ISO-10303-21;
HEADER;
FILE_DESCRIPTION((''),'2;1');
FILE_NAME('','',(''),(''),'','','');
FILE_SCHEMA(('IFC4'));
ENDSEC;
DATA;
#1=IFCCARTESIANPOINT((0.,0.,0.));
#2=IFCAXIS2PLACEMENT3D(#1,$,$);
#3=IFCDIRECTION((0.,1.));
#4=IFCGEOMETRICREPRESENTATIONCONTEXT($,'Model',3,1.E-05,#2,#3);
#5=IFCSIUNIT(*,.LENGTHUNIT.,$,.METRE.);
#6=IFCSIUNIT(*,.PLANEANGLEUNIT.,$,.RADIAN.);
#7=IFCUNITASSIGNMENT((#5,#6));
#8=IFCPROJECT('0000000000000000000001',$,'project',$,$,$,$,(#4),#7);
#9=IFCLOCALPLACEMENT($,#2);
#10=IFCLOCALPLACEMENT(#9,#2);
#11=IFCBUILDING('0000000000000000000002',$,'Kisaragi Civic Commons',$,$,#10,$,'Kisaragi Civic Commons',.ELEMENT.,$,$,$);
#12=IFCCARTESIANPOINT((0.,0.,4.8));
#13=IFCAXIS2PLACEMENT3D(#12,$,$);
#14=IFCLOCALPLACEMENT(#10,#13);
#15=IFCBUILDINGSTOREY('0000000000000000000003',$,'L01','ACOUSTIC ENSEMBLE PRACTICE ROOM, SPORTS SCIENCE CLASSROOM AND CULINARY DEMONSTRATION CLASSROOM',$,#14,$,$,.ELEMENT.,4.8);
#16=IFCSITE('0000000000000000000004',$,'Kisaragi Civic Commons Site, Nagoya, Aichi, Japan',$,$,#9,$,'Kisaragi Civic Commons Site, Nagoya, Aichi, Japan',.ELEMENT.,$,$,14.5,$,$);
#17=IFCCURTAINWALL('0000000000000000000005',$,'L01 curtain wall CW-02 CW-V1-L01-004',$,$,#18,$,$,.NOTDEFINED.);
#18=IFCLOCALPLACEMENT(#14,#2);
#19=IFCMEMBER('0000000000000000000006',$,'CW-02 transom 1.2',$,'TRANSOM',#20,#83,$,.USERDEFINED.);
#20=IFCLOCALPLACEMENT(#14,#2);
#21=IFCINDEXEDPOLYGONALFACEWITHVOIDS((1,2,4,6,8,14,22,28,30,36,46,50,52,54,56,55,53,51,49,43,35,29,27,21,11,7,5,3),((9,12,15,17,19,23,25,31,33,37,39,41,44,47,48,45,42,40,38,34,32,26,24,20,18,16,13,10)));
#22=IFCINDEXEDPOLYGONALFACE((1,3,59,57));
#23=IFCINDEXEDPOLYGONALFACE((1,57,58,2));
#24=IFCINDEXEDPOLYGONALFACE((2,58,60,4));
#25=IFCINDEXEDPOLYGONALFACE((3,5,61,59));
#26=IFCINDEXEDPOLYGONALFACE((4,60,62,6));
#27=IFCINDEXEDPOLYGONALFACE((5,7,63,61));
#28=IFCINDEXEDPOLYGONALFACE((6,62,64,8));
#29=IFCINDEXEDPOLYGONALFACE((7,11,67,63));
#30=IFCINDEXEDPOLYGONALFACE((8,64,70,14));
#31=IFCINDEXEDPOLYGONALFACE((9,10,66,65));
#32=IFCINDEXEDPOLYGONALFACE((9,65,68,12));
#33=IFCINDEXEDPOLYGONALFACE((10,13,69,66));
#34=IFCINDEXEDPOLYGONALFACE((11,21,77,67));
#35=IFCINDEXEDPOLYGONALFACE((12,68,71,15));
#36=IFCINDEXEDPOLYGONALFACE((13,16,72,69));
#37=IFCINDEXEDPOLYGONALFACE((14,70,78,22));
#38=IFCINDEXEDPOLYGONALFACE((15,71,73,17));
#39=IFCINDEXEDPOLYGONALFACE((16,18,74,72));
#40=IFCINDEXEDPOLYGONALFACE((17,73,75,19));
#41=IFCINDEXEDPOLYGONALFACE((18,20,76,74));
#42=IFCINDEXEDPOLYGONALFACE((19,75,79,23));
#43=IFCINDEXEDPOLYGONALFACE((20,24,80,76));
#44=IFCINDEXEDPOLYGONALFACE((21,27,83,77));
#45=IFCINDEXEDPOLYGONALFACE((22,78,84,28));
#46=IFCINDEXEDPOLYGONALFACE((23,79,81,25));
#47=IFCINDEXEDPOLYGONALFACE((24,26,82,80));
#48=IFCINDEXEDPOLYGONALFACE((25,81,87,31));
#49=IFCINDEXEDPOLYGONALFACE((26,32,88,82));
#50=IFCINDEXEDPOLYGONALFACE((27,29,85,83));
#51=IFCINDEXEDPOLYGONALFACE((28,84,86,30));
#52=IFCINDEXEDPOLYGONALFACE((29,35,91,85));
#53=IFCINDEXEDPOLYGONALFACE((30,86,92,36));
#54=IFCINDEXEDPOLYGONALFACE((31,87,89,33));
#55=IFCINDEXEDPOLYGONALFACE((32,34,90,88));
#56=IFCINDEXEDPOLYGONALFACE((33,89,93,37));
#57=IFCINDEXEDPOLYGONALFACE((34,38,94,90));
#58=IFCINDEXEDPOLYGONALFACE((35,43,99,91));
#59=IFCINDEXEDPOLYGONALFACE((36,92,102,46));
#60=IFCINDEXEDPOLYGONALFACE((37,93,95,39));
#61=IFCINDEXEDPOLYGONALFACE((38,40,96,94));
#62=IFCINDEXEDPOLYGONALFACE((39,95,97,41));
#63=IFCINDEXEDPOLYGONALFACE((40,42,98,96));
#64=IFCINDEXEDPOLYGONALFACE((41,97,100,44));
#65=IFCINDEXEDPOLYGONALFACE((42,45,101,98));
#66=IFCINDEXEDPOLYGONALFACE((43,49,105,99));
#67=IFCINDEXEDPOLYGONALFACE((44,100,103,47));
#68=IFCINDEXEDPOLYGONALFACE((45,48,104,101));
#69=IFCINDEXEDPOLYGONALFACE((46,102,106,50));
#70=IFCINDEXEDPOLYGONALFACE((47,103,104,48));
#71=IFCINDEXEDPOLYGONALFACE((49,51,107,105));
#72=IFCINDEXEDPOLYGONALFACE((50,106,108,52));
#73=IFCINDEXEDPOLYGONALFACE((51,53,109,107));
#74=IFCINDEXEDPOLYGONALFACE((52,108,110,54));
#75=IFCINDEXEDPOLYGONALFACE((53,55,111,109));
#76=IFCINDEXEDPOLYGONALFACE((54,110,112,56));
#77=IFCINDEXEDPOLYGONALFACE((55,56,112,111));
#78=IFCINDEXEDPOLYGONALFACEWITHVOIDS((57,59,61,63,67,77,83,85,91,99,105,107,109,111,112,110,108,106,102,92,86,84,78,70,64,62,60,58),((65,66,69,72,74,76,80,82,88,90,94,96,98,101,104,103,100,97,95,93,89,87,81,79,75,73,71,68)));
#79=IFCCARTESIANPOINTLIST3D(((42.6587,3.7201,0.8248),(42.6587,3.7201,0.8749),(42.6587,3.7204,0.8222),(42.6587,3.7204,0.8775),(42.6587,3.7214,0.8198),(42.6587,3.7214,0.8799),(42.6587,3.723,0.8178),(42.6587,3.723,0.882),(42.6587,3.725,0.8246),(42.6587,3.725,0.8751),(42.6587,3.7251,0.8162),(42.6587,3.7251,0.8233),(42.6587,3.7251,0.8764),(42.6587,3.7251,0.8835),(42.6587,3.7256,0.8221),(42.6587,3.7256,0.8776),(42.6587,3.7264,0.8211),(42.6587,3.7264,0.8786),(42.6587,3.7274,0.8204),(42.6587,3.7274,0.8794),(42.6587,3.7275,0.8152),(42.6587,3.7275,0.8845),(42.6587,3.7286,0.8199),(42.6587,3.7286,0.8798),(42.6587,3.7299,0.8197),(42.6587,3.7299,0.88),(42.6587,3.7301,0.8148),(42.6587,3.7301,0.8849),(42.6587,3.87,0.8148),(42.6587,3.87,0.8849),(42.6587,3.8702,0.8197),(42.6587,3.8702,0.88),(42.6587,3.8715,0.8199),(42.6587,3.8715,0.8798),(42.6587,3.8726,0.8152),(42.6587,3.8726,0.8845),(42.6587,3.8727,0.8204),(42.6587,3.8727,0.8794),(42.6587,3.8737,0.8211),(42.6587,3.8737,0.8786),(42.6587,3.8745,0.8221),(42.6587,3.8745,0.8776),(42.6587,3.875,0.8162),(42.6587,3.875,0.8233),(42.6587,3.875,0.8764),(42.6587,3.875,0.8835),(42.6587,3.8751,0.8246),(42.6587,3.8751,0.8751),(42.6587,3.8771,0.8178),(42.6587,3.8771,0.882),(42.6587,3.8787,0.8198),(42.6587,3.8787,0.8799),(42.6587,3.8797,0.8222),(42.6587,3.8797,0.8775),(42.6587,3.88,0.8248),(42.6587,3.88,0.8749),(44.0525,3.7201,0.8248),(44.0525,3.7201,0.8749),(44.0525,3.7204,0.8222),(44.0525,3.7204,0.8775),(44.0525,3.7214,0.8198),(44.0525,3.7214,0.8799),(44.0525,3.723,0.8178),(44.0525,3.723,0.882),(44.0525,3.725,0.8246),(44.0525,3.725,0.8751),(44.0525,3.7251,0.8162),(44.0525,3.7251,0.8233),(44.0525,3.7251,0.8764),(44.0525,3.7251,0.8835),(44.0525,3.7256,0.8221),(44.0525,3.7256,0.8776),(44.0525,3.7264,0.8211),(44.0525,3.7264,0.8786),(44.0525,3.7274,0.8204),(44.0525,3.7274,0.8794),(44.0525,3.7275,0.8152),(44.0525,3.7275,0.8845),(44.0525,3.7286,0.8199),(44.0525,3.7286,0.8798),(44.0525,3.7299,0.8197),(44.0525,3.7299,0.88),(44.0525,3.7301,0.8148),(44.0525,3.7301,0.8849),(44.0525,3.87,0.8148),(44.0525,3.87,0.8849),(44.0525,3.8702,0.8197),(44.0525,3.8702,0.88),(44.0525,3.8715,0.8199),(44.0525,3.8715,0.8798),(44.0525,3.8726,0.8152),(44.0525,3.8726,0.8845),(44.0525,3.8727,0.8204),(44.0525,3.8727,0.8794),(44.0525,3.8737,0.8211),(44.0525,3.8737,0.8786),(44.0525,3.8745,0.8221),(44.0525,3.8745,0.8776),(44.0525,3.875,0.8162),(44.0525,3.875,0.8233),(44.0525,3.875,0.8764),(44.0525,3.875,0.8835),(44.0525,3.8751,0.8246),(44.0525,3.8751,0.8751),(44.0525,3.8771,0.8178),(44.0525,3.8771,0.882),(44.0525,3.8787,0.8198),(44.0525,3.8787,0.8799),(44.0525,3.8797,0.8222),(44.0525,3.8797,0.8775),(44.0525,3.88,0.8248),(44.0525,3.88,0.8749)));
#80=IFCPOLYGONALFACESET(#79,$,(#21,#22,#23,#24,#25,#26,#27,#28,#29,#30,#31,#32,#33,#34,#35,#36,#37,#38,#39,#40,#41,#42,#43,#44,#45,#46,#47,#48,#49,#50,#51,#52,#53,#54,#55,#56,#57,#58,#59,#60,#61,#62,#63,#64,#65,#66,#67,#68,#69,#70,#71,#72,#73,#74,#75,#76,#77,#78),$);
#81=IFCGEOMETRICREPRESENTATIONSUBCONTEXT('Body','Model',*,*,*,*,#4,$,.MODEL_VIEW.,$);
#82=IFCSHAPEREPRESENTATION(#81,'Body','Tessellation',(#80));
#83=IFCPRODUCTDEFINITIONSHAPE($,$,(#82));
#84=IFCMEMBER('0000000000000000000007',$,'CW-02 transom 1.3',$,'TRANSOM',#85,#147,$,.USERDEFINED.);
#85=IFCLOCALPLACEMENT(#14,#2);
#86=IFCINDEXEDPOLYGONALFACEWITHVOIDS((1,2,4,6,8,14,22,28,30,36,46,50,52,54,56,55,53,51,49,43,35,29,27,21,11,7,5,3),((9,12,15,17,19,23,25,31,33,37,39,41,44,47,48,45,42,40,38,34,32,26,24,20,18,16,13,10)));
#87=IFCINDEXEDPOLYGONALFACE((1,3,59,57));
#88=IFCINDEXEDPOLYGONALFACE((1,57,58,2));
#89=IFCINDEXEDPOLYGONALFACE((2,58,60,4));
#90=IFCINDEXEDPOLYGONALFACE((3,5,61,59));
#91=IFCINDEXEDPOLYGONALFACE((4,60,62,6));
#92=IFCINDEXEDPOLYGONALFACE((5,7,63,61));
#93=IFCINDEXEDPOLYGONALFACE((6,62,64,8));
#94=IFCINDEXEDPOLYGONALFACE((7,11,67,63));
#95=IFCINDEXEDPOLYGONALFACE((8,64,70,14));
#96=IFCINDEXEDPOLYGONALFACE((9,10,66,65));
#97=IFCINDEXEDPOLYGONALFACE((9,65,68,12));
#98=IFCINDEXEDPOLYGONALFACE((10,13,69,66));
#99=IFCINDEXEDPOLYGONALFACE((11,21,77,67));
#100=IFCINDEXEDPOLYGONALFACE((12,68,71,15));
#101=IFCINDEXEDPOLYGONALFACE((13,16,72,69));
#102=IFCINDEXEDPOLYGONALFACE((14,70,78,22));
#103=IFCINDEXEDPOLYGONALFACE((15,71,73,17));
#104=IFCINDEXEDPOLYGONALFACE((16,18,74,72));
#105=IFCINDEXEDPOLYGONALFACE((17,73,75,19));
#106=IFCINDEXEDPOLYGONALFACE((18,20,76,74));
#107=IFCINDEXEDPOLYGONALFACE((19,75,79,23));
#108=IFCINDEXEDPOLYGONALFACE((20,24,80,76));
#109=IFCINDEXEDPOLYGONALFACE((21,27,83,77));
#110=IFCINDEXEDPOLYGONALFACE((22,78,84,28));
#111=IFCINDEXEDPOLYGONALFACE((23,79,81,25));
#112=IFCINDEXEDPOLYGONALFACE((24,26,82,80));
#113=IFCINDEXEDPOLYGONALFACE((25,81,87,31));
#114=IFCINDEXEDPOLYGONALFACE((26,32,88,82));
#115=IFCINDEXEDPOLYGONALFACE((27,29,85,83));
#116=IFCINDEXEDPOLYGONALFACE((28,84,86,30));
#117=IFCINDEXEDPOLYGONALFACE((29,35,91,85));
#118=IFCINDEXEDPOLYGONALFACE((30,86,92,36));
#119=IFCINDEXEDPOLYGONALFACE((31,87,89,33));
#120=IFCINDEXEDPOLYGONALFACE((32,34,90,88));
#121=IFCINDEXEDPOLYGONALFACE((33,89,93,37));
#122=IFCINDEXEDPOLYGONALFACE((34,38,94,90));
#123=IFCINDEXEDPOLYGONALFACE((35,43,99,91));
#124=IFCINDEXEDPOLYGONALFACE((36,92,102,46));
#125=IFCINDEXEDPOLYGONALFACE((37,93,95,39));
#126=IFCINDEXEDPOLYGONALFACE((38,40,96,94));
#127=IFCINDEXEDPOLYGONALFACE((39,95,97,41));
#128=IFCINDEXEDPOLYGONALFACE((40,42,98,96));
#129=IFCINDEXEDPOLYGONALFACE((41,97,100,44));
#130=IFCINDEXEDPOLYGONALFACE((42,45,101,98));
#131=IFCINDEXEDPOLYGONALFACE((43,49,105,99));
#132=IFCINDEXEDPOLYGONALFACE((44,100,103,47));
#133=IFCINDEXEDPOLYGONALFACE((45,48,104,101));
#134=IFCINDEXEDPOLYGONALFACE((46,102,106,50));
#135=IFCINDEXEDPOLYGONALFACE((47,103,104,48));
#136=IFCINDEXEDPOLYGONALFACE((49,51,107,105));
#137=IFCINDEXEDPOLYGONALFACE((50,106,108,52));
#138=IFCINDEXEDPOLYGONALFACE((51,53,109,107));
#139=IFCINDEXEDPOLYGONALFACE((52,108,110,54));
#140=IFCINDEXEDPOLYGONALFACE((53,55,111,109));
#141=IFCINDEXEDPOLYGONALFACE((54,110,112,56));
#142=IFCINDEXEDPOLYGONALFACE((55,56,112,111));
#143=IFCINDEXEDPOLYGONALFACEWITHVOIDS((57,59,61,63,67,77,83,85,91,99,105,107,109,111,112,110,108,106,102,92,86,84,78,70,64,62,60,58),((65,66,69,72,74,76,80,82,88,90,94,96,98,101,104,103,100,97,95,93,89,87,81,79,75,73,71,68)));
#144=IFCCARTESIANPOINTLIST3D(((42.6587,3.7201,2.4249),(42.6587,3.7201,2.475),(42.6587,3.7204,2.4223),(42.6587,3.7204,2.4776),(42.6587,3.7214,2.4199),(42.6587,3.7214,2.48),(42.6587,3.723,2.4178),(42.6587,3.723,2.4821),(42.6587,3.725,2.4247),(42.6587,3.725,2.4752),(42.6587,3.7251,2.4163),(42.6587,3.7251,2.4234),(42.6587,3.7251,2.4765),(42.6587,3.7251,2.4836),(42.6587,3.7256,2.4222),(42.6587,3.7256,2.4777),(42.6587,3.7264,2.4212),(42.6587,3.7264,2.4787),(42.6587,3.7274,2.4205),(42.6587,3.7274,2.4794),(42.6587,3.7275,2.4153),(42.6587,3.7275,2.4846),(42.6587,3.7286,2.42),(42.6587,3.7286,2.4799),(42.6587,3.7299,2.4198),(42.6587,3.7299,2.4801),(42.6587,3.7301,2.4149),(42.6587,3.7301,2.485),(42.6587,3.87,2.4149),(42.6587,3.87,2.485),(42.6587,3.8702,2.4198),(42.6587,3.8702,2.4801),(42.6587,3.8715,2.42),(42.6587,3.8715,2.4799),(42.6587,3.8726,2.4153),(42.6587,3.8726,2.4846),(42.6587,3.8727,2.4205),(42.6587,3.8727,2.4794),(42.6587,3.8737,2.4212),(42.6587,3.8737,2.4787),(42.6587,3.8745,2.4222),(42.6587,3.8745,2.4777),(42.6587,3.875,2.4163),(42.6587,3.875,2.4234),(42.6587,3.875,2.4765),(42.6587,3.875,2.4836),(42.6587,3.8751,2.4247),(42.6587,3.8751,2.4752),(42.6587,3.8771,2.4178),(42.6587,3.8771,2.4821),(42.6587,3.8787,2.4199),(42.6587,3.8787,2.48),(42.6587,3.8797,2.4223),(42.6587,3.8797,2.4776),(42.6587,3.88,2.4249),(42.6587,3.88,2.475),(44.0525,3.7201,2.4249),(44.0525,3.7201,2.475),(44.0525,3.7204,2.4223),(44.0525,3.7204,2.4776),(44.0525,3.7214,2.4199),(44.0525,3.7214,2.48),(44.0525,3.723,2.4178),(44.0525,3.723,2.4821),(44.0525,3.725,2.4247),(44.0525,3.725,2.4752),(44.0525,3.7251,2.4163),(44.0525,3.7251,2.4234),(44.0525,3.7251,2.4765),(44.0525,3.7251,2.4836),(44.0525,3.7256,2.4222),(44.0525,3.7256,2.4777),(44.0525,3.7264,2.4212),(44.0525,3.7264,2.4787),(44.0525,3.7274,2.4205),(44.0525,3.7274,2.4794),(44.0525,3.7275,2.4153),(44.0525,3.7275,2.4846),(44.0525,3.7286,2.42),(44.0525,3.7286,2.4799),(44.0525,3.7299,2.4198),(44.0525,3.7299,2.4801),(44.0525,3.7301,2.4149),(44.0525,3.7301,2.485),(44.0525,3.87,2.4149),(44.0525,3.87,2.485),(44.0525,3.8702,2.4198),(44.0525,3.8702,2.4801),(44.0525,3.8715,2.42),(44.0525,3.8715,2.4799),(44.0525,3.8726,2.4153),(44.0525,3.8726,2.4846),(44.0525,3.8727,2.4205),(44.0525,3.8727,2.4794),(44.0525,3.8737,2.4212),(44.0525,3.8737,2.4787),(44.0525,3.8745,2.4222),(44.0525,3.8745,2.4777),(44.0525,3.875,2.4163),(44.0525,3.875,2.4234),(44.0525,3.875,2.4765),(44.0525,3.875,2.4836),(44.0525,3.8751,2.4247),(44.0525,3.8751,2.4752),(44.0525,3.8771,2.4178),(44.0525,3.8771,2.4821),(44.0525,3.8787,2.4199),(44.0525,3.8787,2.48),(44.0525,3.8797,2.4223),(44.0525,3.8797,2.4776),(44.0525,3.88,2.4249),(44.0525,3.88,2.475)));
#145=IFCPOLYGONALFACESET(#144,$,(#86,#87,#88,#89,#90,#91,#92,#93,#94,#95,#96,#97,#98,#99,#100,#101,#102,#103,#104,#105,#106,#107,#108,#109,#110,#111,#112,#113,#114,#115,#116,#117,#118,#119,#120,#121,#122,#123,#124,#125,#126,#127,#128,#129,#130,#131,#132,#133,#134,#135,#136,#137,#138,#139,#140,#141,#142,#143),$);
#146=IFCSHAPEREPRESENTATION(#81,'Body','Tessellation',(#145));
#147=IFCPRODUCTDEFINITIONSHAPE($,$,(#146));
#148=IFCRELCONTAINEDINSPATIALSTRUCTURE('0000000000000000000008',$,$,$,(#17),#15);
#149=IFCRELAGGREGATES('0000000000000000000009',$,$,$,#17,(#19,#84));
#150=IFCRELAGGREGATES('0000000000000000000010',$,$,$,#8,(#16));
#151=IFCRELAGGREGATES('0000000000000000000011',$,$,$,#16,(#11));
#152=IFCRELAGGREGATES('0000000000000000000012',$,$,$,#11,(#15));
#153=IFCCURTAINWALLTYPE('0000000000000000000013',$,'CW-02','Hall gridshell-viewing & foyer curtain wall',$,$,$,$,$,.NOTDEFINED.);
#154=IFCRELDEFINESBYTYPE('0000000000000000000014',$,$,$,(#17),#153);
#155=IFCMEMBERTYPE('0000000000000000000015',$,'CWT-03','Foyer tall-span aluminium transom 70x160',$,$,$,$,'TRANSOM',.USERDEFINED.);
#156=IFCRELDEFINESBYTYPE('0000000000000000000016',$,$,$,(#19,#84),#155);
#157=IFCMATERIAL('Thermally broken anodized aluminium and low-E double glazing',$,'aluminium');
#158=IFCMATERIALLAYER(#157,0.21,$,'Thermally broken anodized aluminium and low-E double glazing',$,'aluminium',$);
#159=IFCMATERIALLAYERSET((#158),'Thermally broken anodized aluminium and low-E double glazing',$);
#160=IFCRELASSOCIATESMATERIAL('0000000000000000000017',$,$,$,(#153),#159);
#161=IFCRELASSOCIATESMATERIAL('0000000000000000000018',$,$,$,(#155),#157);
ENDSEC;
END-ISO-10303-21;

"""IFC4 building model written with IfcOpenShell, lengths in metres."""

from ifc_helpers import new_model, si_unit, direction, frame, origin, origin_2d, place, context, subcontext, project, spatial, hollow_rectangle, extrude, material, layer, layer_set, material_profile, profile_set, type_object, element, aggregate, save


model = new_model("IFC4")

# Units and contexts
model_context = context("Model", 3, precision=1e-05, world=origin(), true_north=direction((0.0, 1.0)))
body_context = subcontext(model_context, "Body", "Model", "MODEL_VIEW")
ifc_project = project(units=[si_unit("LENGTHUNIT", "METRE"), si_unit("PLANEANGLEUNIT", "RADIAN")], contexts=[model_context])

# Site, building, storey
site_placement = place(None, origin())
site = spatial("IfcSite", under=ifc_project, at=site_placement, Name="Kisaragi Civic Commons Site, Nagoya, Aichi, Japan", LongName="Kisaragi Civic Commons Site, Nagoya, Aichi, Japan", CompositionType="ELEMENT", RefElevation=14.5)
building_placement = place(site_placement, origin())
building = spatial("IfcBuilding", under=site, at=building_placement, Name="Kisaragi Civic Commons", LongName="Kisaragi Civic Commons", CompositionType="ELEMENT")
storey_placement = place(building_placement, frame((0.0, 0.0, 4.8)))
storey = spatial("IfcBuildingStorey", under=building, at=storey_placement, Name="L01", Description="ACOUSTIC ENSEMBLE PRACTICE ROOM, SPORTS SCIENCE CLASSROOM AND CULINARY DEMONSTRATION CLASSROOM", CompositionType="ELEMENT", Elevation=4.8)

# Shared definitions
ifc_material_1 = material(Name="Thermally broken anodized aluminium and low-E double glazing", Category="aluminium")
ifc_layer_1 = layer(ifc_material_1, 0.21, Name="Thermally broken anodized aluminium and low-E double glazing", Category="aluminium")
ifc_layer_set_1 = layer_set([ifc_layer_1], Name="Thermally broken anodized aluminium and low-E double glazing")
curtain_wall_type = type_object("IfcCurtainWallType", Name="CW-02", Description="Hall gridshell-viewing & foyer curtain wall", PredefinedType="NOTDEFINED", material=ifc_layer_set_1)

# Curtain wall, members
curtain_wall_1_placement = place(storey_placement, origin())
curtain_wall_1 = element("IfcCurtainWall", 1, at=curtain_wall_1_placement, inside=storey, type_object=curtain_wall_type, Name="L01 curtain wall CW-02 CW-V1-L01-004", PredefinedType="NOTDEFINED")
ifc_material_profile_1 = material_profile(ifc_material_1, hollow_rectangle(XDim=0.1599, YDim=0.0701, WallThickness=0.0049, InnerFilletRadius=0.0049, OuterFilletRadius=0.01, at=origin_2d()), Name="CWT-70x160x5", Category="aluminium")
ifc_profile_set_1 = profile_set([ifc_material_profile_1], Name="Thermally broken anodized aluminium and low-E double glazing")
member_type_1 = type_object("IfcMemberType", Name="CWT-03", Description="Foyer tall-span aluminium transom 70x160", ElementType="TRANSOM", PredefinedType="USERDEFINED", material=ifc_profile_set_1)
member_1_placement = place(storey_placement, frame((44.0525, 3.8, 0.8499), z_axis=(-1.0, 0.0, 0.0), x_axis=(0.0, -1.0, 0.0)))
member_1 = element("IfcMember", 2, at=member_1_placement, type_object=member_type_1, Name="CW-02 transom 1.2", ObjectType="TRANSOM", PredefinedType="USERDEFINED", context=body_context, shape_type="SweptSolid", body=[
    extrude(hollow_rectangle(XDim=0.1599, YDim=0.0701, WallThickness=0.0049, InnerFilletRadius=0.0049, OuterFilletRadius=0.01, at=origin_2d()), origin(), (0.0, 0.0, 1.0), 1.3938),
])
member_2_placement = place(storey_placement, frame((44.0525, 3.8, 2.45), z_axis=(-1.0, 0.0, 0.0), x_axis=(0.0, -1.0, 0.0)))
member_2 = element("IfcMember", 3, at=member_2_placement, type_object=member_type_1, Name="CW-02 transom 1.3", ObjectType="TRANSOM", PredefinedType="USERDEFINED", context=body_context, shape_type="SweptSolid", body=[
    extrude(hollow_rectangle(XDim=0.1599, YDim=0.0701, WallThickness=0.0049, InnerFilletRadius=0.0049, OuterFilletRadius=0.01, at=origin_2d()), origin(), (0.0, 0.0, 1.0), 1.3938),
])

aggregate(curtain_wall_1, [member_1, member_2])

save(model, "model.ifc")
